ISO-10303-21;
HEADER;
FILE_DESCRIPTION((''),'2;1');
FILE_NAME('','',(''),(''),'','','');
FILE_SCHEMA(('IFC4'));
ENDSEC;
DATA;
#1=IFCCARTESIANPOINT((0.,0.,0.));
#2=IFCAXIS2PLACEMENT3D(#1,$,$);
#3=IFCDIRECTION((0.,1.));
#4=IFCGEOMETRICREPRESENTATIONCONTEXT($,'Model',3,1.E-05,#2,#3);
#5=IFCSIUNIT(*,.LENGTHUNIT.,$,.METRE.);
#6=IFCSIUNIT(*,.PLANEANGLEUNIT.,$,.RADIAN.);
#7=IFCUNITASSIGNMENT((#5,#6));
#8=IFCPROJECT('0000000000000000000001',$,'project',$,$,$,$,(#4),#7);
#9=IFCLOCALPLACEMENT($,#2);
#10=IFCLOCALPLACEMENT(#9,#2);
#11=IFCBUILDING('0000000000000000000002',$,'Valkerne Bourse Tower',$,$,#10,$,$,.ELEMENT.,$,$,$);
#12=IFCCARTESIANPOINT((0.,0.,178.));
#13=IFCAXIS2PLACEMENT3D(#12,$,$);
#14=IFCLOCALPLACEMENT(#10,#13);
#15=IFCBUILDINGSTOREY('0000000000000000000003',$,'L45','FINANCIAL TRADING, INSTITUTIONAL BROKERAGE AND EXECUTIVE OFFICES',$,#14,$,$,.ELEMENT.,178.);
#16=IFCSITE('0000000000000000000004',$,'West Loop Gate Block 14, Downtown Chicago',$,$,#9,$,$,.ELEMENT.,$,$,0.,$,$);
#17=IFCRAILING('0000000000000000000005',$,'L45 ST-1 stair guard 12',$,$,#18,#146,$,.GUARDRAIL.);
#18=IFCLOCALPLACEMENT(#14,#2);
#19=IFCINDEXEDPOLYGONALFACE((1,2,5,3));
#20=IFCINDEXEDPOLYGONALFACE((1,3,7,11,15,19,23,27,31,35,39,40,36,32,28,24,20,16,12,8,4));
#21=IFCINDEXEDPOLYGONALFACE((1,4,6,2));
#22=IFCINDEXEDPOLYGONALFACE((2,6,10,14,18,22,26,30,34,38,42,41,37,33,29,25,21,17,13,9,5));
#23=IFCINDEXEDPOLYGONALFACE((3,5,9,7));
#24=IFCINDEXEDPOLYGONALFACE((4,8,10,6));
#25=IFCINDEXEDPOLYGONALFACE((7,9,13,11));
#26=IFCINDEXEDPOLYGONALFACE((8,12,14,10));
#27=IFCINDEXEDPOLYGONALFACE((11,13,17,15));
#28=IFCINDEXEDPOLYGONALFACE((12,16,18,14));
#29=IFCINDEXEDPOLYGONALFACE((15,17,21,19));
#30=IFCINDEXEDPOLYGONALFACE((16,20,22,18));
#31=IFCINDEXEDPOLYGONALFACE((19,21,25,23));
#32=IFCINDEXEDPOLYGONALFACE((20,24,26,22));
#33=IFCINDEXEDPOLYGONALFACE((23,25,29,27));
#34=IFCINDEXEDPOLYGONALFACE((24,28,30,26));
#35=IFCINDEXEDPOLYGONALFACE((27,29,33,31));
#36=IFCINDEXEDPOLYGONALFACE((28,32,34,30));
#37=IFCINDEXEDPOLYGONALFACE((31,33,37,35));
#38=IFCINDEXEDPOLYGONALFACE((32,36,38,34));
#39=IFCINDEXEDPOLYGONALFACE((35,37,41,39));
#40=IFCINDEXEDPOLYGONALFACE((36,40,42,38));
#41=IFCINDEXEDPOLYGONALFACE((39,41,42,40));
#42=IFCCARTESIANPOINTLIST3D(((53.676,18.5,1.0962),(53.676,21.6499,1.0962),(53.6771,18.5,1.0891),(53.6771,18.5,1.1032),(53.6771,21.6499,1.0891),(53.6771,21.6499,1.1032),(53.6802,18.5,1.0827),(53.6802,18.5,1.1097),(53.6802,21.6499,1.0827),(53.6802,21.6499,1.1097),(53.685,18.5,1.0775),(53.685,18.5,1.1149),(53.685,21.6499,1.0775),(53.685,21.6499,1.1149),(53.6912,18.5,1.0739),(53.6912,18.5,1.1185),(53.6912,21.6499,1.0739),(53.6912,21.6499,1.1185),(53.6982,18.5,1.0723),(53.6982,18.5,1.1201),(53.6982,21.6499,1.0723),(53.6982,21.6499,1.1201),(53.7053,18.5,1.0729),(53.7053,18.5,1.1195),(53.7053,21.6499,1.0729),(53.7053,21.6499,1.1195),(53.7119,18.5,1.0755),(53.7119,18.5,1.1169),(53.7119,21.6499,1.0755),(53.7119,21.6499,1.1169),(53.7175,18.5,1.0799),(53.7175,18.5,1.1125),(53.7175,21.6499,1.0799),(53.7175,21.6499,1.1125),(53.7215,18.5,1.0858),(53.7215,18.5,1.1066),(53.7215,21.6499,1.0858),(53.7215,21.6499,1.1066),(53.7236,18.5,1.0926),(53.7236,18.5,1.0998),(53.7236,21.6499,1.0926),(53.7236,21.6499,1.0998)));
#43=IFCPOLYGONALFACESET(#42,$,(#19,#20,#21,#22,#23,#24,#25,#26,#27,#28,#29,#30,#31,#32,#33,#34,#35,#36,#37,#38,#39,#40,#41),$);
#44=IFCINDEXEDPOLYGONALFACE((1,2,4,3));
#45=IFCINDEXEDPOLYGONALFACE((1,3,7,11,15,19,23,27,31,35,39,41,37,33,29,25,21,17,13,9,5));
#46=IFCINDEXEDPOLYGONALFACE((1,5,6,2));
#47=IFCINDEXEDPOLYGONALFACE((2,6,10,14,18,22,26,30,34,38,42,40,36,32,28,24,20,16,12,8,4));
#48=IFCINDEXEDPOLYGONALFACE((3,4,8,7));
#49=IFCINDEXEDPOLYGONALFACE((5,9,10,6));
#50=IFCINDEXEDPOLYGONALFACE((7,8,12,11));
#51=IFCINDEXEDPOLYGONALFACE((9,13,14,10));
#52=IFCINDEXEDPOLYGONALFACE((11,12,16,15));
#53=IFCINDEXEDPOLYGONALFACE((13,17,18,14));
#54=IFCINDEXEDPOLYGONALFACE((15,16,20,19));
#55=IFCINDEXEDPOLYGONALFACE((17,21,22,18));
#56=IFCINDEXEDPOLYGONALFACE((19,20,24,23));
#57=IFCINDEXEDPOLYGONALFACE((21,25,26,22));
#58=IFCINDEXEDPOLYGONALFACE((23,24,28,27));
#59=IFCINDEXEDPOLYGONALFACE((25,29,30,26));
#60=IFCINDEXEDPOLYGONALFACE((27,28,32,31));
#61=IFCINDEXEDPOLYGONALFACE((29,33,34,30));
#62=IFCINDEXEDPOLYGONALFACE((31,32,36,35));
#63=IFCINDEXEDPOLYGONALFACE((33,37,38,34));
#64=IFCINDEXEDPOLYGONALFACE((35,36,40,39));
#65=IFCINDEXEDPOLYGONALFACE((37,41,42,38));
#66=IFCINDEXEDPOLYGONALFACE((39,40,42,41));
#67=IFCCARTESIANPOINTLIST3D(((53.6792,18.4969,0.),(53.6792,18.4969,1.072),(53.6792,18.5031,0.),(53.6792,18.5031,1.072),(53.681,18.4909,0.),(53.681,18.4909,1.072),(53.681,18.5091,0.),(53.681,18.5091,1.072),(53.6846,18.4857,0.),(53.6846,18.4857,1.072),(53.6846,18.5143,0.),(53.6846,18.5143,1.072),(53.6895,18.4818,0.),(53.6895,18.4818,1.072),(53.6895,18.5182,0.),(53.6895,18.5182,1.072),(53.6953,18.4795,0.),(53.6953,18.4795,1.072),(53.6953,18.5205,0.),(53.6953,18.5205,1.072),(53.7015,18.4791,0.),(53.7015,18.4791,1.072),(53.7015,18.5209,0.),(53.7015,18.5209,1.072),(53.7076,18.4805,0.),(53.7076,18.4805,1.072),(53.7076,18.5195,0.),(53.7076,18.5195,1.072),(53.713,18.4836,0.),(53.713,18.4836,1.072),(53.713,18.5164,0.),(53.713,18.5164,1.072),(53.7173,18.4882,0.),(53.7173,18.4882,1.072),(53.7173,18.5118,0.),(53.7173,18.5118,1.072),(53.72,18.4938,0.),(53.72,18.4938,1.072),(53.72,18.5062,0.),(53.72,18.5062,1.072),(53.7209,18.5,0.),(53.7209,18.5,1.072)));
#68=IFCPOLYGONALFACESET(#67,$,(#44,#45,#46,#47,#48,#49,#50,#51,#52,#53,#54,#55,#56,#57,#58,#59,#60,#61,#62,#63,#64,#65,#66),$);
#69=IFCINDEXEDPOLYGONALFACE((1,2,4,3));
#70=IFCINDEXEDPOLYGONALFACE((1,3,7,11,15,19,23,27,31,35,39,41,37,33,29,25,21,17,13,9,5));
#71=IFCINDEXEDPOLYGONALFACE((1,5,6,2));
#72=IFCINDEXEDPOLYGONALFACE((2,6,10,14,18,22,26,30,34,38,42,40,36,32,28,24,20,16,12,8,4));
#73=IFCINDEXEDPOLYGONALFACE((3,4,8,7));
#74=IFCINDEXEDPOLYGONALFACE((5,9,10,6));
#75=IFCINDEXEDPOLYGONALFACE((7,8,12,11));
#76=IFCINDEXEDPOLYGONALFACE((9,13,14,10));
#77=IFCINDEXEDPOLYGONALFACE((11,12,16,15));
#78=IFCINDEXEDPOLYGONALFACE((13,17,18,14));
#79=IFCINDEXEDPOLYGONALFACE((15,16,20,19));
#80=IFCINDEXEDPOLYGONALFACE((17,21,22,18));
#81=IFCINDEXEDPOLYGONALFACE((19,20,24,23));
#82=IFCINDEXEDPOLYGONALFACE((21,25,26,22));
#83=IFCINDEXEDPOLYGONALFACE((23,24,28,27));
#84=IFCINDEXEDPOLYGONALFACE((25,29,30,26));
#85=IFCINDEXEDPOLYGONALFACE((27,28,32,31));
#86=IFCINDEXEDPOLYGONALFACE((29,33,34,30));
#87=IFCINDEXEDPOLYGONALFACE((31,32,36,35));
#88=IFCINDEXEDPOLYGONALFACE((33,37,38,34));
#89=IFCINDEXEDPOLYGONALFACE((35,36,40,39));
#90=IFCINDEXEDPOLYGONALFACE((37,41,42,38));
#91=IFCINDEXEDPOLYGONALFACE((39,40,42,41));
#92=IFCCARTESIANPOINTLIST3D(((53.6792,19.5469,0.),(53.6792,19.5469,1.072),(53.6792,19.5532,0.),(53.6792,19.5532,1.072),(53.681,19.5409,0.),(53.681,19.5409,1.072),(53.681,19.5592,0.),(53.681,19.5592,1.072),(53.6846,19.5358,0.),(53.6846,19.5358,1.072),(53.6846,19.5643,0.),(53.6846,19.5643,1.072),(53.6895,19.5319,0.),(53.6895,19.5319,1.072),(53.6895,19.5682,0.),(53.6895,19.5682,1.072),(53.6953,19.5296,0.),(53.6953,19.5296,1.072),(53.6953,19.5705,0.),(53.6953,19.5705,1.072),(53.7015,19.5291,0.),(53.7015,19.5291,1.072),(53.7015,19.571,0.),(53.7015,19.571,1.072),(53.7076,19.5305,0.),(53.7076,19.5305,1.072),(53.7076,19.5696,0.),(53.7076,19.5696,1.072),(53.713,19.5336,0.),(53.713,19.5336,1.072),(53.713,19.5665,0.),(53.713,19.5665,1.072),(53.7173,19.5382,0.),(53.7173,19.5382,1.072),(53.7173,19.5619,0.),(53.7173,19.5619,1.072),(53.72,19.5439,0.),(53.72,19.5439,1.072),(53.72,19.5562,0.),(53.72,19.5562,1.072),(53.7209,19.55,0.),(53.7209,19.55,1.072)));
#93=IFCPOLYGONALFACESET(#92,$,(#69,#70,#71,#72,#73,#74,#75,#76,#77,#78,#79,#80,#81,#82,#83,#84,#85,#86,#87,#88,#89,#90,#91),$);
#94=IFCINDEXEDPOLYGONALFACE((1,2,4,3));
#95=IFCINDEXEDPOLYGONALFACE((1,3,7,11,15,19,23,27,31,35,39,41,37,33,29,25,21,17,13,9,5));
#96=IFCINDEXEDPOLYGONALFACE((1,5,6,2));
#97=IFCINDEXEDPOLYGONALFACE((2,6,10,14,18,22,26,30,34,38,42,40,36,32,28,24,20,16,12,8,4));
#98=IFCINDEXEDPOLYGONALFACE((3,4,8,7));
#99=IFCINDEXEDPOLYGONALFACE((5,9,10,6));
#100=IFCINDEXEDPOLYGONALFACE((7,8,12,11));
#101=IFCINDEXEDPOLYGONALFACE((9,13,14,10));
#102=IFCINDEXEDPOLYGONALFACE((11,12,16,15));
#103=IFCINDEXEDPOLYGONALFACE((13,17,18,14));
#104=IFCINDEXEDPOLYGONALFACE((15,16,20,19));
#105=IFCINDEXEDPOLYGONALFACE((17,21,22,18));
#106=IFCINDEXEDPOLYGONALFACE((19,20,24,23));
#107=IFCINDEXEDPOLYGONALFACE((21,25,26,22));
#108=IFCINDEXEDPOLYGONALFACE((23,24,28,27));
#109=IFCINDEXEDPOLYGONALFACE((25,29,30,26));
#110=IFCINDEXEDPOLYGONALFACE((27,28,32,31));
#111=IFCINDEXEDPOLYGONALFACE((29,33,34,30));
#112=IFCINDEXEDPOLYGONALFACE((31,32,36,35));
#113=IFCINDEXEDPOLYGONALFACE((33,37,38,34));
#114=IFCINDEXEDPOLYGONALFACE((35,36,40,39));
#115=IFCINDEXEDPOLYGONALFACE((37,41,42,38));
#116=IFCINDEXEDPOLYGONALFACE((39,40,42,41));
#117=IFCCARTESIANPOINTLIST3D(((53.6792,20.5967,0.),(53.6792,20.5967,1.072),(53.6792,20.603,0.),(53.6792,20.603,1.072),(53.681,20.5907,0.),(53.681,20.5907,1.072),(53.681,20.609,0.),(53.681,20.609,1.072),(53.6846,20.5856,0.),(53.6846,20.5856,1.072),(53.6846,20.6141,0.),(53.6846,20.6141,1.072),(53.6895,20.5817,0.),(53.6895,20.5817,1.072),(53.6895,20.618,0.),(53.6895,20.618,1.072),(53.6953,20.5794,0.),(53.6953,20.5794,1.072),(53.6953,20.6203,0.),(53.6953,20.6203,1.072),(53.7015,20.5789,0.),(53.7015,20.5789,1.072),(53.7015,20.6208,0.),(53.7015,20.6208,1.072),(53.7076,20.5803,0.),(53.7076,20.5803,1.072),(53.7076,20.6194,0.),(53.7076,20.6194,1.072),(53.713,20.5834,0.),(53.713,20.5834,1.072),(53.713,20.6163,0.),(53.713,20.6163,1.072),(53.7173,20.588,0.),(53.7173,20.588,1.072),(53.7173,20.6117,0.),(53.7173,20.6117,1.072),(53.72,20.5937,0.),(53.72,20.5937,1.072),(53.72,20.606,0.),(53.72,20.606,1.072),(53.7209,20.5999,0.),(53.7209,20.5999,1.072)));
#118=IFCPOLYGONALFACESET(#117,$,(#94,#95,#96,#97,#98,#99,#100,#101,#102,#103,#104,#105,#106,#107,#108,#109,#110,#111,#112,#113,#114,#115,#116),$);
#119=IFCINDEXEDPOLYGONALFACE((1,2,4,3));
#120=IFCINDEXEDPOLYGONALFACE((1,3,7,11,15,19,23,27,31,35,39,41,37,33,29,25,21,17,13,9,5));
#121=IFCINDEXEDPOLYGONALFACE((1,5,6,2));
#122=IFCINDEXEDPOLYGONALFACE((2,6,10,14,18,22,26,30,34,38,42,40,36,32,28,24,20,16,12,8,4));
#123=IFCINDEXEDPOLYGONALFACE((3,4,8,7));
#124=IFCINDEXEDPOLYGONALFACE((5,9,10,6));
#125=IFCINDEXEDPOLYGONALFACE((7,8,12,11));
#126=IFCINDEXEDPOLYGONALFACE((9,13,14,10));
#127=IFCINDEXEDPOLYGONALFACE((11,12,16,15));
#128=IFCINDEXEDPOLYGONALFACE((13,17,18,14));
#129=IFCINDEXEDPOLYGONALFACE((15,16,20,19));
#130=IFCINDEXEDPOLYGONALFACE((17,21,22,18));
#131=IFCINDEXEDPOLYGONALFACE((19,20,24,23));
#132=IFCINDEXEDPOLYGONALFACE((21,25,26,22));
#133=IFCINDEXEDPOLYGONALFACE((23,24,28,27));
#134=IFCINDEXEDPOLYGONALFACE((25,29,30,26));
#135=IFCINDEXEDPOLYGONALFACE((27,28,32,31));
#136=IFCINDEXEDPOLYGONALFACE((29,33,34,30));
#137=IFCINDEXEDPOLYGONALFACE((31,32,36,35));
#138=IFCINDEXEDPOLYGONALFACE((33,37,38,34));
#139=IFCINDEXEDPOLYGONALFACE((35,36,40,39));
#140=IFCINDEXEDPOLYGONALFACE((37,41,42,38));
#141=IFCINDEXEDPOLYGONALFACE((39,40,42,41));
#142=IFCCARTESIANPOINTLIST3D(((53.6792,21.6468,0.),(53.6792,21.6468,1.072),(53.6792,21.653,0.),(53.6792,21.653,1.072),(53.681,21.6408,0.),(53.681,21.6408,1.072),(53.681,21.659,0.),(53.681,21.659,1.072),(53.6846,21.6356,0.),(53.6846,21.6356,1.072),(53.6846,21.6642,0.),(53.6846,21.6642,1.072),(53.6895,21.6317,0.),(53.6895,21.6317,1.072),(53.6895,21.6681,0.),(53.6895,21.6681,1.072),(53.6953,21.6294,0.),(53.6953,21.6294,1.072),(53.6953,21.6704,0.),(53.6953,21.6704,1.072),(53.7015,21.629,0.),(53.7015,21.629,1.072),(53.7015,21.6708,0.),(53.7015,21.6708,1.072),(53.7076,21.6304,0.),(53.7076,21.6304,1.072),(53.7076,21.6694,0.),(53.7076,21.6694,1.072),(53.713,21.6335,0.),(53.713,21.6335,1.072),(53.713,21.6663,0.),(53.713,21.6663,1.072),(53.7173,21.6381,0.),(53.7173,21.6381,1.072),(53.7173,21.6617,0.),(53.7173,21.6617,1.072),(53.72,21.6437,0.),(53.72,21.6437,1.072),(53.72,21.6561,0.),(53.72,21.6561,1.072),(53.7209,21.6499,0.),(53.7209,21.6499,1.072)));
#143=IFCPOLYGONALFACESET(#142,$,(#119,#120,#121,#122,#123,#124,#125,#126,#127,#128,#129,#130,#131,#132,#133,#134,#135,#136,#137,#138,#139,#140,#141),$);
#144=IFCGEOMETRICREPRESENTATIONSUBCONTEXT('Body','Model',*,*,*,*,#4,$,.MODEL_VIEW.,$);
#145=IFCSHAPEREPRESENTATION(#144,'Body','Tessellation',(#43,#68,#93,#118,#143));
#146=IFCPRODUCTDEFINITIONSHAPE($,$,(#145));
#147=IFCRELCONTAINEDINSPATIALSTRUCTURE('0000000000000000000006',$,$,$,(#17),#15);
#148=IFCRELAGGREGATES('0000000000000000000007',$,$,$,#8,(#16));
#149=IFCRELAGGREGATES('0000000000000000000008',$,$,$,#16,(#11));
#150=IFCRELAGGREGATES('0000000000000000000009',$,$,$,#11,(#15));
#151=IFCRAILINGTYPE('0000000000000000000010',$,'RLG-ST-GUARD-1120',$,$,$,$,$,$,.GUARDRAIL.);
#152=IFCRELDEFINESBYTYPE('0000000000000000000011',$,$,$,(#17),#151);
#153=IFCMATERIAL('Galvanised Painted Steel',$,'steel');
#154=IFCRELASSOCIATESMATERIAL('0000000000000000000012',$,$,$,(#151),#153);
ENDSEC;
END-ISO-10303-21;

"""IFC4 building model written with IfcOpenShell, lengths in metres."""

from ifc_helpers import new_model, si_unit, direction, frame, origin, origin_2d, place, context, subcontext, project, spatial, circle, extrude, material, type_object, element, save


model = new_model("IFC4")

# Units and contexts
model_context = context("Model", 3, precision=1e-05, world=origin(), true_north=direction((0.0, 1.0)))
body_context = subcontext(model_context, "Body", "Model", "MODEL_VIEW")
ifc_project = project(units=[si_unit("LENGTHUNIT", "METRE"), si_unit("PLANEANGLEUNIT", "RADIAN")], contexts=[model_context])

# Site, building, storey
site_placement = place(None, origin())
site = spatial("IfcSite", under=ifc_project, at=site_placement, Name="West Loop Gate Block 14, Downtown Chicago", CompositionType="ELEMENT", RefElevation=0.0)
building_placement = place(site_placement, origin())
building = spatial("IfcBuilding", under=site, at=building_placement, Name="Valkerne Bourse Tower", CompositionType="ELEMENT")
storey_placement = place(building_placement, frame((0.0, 0.0, 178.0)))
storey = spatial("IfcBuildingStorey", under=building, at=storey_placement, Name="L45", Description="FINANCIAL TRADING, INSTITUTIONAL BROKERAGE AND EXECUTIVE OFFICES", CompositionType="ELEMENT", Elevation=178.0)

# Railing
ifc_material_1 = material(Name="Galvanised Painted Steel", Category="steel")
railing_type = type_object("IfcRailingType", Name="RLG-ST-GUARD-1120", PredefinedType="GUARDRAIL", material=ifc_material_1)
railing_1_placement = place(storey_placement, frame((53.7, 18.5, 0.0)))
element("IfcRailing", 1, at=railing_1_placement, inside=storey, type_object=railing_type, Name="L45 ST-1 stair guard 12", PredefinedType="GUARDRAIL", context=body_context, shape_type="SweptSolid", body=[
    extrude(circle(Radius=0.0239, at=origin_2d()), frame((0.0, 0.0, 1.0962), z_axis=(0.0, 1.0, 0.0), x_axis=(-1.0, 0.0, 0.0)), (0.0, 0.0, 1.0), 3.1499),
    extrude(circle(Radius=0.021, at=origin_2d()), origin(), (0.0, 0.0, 1.0), 1.072),
    extrude(circle(Radius=0.021, at=origin_2d()), frame((0.0, 1.05, 0.0)), (0.0, 0.0, 1.0), 1.072),
    extrude(circle(Radius=0.021, at=origin_2d()), frame((0.0, 2.0999, 0.0)), (0.0, 0.0, 1.0), 1.072),
    extrude(circle(Radius=0.021, at=origin_2d()), frame((0.0, 3.1499, 0.0)), (0.0, 0.0, 1.0), 1.072),
])

save(model, "model.ifc")
